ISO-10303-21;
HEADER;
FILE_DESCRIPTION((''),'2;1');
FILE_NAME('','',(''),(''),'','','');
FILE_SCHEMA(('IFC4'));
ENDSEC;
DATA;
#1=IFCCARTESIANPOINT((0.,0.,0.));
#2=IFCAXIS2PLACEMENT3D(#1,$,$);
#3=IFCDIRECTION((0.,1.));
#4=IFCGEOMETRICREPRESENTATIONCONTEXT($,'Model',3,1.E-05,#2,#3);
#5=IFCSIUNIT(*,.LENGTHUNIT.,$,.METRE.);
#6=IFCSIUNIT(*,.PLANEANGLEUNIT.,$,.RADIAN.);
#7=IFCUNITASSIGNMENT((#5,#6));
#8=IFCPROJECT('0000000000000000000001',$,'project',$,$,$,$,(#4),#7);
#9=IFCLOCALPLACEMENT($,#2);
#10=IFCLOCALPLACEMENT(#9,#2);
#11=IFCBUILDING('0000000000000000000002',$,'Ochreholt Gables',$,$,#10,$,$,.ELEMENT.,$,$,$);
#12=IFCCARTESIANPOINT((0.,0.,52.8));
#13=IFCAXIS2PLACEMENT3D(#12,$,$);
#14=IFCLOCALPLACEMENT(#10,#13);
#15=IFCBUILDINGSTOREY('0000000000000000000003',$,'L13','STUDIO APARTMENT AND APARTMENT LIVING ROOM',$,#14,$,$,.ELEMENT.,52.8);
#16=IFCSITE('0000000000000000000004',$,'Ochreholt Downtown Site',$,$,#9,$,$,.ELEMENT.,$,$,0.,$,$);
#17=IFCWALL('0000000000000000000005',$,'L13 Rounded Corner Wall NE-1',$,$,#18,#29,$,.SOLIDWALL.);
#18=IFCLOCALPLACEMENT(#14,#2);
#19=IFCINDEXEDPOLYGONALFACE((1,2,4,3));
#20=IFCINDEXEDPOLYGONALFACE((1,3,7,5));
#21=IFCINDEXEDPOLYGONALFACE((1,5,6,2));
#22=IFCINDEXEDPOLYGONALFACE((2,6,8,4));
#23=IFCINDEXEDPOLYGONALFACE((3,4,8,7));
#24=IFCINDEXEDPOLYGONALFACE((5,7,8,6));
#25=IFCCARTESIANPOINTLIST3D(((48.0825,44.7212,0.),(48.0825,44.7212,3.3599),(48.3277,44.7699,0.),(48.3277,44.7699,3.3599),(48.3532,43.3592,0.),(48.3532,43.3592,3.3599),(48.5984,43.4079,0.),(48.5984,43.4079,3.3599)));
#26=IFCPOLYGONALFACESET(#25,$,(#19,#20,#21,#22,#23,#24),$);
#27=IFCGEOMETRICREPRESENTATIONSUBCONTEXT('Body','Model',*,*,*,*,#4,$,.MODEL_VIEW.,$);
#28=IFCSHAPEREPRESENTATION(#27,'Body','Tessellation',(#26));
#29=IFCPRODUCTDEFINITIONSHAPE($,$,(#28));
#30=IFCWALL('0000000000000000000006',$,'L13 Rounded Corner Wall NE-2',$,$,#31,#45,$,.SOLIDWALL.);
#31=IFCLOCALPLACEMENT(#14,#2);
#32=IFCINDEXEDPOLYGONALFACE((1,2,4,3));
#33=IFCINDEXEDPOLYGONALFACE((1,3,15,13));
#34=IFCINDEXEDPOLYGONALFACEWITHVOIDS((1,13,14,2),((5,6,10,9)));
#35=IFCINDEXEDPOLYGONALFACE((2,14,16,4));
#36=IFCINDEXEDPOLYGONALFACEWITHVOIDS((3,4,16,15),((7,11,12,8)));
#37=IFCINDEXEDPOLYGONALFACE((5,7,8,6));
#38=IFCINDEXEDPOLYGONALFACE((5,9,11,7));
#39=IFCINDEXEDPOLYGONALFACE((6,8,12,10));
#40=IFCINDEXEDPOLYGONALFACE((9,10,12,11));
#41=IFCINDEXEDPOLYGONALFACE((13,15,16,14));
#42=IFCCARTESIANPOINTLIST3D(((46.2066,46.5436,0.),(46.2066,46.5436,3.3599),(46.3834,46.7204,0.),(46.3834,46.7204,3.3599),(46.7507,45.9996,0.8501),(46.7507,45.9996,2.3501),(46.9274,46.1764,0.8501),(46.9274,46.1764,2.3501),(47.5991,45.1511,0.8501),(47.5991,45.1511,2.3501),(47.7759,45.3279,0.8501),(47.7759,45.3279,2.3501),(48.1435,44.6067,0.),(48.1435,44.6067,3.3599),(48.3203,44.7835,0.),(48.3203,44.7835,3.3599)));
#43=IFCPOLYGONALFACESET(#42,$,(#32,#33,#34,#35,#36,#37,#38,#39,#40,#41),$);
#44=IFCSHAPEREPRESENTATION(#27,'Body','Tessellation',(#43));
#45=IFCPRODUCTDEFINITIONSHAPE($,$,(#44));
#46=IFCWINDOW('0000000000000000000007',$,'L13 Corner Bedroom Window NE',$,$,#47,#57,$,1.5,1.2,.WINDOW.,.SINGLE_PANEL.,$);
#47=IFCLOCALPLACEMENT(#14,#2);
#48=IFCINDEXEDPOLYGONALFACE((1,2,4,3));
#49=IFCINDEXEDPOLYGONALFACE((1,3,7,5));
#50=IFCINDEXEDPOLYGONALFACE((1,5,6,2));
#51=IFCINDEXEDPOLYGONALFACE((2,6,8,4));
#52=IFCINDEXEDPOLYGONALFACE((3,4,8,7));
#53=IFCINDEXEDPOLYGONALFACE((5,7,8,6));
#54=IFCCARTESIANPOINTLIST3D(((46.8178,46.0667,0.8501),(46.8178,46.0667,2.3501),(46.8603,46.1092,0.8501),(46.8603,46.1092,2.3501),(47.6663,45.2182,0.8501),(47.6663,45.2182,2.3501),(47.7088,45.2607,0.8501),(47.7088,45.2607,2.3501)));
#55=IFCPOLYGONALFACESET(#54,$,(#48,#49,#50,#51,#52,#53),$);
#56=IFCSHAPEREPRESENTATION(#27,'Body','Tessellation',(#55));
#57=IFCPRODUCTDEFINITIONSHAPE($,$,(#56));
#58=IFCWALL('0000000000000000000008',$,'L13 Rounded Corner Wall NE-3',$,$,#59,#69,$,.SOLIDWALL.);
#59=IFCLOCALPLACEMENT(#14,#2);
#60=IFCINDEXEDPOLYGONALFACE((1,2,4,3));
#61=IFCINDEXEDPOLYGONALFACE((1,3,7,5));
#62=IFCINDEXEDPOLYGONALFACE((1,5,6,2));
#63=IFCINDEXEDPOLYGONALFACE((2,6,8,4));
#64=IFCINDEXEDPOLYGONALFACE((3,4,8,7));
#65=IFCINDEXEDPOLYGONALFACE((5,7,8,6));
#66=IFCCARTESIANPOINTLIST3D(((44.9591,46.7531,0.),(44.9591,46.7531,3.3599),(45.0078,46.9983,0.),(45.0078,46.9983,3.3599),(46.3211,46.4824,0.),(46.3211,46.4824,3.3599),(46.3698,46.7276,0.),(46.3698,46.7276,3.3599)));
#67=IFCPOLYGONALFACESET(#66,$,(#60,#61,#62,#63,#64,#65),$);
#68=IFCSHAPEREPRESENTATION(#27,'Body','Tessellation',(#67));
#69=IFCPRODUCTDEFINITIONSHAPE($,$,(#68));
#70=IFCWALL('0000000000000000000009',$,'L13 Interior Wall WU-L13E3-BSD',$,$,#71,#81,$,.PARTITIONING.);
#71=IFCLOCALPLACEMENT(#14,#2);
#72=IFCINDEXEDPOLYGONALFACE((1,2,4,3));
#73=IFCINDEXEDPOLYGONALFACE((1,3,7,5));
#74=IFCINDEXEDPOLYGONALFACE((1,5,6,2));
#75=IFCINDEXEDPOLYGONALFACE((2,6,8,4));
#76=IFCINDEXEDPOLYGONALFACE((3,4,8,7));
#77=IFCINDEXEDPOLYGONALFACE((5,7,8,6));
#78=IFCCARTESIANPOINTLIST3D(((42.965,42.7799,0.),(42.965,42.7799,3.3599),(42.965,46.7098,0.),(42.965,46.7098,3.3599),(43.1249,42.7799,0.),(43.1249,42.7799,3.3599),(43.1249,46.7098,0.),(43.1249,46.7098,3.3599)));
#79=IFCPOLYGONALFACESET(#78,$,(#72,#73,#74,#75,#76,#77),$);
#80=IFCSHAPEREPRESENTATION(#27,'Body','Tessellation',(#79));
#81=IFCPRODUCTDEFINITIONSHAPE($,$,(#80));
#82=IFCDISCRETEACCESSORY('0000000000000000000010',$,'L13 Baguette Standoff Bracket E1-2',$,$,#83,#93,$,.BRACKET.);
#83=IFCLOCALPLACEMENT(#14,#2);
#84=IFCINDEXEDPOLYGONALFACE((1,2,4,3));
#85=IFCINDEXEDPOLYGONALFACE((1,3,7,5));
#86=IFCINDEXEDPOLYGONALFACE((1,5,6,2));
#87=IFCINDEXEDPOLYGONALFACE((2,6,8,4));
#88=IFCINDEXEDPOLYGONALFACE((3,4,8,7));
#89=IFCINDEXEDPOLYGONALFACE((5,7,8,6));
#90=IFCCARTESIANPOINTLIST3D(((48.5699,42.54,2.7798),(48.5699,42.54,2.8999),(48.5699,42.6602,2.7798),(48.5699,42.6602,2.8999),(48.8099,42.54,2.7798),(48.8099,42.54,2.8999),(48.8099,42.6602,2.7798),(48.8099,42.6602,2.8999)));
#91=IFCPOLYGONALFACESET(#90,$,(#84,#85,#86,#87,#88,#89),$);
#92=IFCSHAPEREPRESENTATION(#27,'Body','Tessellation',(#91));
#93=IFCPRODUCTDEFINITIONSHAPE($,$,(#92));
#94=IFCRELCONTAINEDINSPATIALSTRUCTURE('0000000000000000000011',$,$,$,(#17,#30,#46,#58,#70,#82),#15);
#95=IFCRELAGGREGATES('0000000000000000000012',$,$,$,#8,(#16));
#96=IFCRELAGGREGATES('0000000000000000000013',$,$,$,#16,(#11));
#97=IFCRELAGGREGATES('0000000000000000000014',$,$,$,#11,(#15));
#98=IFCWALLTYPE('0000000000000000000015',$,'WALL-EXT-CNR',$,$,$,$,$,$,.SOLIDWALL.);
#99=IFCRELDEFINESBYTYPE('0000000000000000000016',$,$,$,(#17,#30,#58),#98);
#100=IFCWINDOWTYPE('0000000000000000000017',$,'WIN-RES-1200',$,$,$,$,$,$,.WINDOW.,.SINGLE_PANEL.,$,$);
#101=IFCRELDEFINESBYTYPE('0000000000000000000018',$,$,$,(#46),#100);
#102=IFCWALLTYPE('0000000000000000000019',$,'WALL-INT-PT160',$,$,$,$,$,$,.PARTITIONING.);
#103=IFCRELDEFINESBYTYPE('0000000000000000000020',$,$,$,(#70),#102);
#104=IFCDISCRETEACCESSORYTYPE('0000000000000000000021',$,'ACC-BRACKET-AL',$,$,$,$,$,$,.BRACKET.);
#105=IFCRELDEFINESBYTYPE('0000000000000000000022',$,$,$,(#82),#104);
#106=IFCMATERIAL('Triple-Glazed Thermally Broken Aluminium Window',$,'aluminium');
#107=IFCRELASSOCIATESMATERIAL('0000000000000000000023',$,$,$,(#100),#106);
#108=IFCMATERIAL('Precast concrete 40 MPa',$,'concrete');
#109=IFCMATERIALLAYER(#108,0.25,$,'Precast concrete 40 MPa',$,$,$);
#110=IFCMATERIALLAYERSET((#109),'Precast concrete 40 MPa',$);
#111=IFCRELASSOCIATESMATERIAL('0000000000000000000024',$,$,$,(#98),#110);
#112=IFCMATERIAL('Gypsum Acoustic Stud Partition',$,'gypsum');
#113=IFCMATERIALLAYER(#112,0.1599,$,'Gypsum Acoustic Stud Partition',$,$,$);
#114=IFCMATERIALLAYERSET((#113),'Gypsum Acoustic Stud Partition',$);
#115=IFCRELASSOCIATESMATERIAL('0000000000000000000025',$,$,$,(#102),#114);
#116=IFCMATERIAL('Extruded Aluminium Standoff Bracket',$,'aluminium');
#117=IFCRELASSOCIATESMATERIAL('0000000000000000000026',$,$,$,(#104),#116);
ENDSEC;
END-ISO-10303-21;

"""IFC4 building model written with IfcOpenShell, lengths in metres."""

from ifc_helpers import new_model, si_unit, direction, frame, frame_2d, origin, origin_2d, place, context, subcontext, project, spatial, rectangle, extrude, material, layer, layer_set, type_object, element, fill, save


model = new_model("IFC4")

# Units and contexts
model_context = context("Model", 3, precision=1e-05, world=origin(), true_north=direction((0.0, 1.0)))
body_context = subcontext(model_context, "Body", "Model", "MODEL_VIEW")
ifc_project = project(units=[si_unit("LENGTHUNIT", "METRE"), si_unit("PLANEANGLEUNIT", "RADIAN")], contexts=[model_context])

# Site, building, storey
site_placement = place(None, origin())
site = spatial("IfcSite", under=ifc_project, at=site_placement, Name="Ochreholt Downtown Site", CompositionType="ELEMENT", RefElevation=0.0)
building_placement = place(site_placement, origin())
building = spatial("IfcBuilding", under=site, at=building_placement, Name="Ochreholt Gables", CompositionType="ELEMENT")
storey_placement = place(building_placement, frame((0.0, 0.0, 52.8)))
storey = spatial("IfcBuildingStorey", under=building, at=storey_placement, Name="L13", Description="STUDIO APARTMENT AND APARTMENT LIVING ROOM", CompositionType="ELEMENT", Elevation=52.8)

# Shared definitions
ifc_material_1 = material(Name="Precast concrete 40 MPa", Category="concrete")
ifc_material_2 = material(Name="Triple-Glazed Thermally Broken Aluminium Window", Category="aluminium")
window_type_1 = type_object("IfcWindowType", Name="WIN-RES-1200", PartitioningType="SINGLE_PANEL", PredefinedType="WINDOW", material=ifc_material_2)

# Wall
ifc_layer_1 = layer(ifc_material_1, 0.25, Name="Precast concrete 40 MPa")
ifc_layer_set_1 = layer_set([ifc_layer_1], Name="Precast concrete 40 MPa")
wall_type_1 = type_object("IfcWallType", Name="WALL-EXT-CNR", PredefinedType="SOLIDWALL", material=ifc_layer_set_1)
wall_1_placement = place(storey_placement, frame((48.4758, 43.3835, 0.0), z_axis=(0.0, 0.0, 1.0), x_axis=(-0.194967, 0.98081, 0.0)))
element("IfcWall", 1, at=wall_1_placement, inside=storey, type_object=wall_type_1, Name="L13 Rounded Corner Wall NE-1", PredefinedType="SOLIDWALL", context=body_context, shape_type="SweptSolid", body=[
    extrude(rectangle(XDim=1.3887, YDim=0.25, at=frame_2d((0.6943, 0.0))), origin(), (0.0, 0.0, 1.0), 3.3599),
])

# Wall, opening, window
wall_2_placement = place(storey_placement, frame((48.2319, 44.6951, 0.0), z_axis=(0.0, 0.0, 1.0), x_axis=(-0.707107, 0.707107, 0.0)))
wall_2 = element("IfcWall", 2, at=wall_2_placement, inside=storey, type_object=wall_type_1, Name="L13 Rounded Corner Wall NE-2", PredefinedType="SOLIDWALL", context=body_context, shape_type="SweptSolid", body=[
    extrude(rectangle(XDim=2.7393, YDim=0.25, at=frame_2d((1.3696, 0.0))), origin(), (0.0, 0.0, 1.0), 3.3599),
])
opening_1_placement = place(wall_2_placement, frame((0.7698, 0.0, 0.8501)))
opening_1 = element("IfcOpeningElement", 3, at=opening_1_placement, cuts=wall_2, PredefinedType="OPENING", context=body_context, shape_type="SweptSolid", body=[
    extrude(rectangle(XDim=1.2, YDim=1.5, at=frame_2d((0.6001, 0.75))), frame((0.0, 0.135, 0.0), z_axis=(0.0, -1.0, 0.0), x_axis=(1.0, 0.0, 0.0)), (0.0, 0.0, 1.0), 0.27),
])
window_1_placement = place(opening_1_placement, origin())
window_1 = element("IfcWindow", 4, at=window_1_placement, inside=storey, type_object=window_type_1, Name="L13 Corner Bedroom Window NE", OverallHeight=1.5, OverallWidth=1.2, PartitioningType="SINGLE_PANEL", PredefinedType="WINDOW", context=body_context, shape_type="SweptSolid", body=[
    extrude(rectangle(XDim=1.2, YDim=1.5, at=frame_2d((0.6001, 0.75))), frame((0.0, 0.03, 0.0), z_axis=(0.0, -1.0, 0.0), x_axis=(1.0, 0.0, 0.0)), (0.0, 0.0, 1.0), 0.0601),
])
fill(opening_1, window_1)

# Walls
wall_3_placement = place(storey_placement, frame((46.3455, 46.605, 0.0), z_axis=(0.0, 0.0, 1.0), x_axis=(-0.98081, 0.194967, 0.0)))
element("IfcWall", 5, at=wall_3_placement, inside=storey, type_object=wall_type_1, Name="L13 Rounded Corner Wall NE-3", PredefinedType="SOLIDWALL", context=body_context, shape_type="SweptSolid", body=[
    extrude(rectangle(XDim=1.3887, YDim=0.25, at=frame_2d((0.6943, 0.0))), origin(), (0.0, 0.0, 1.0), 3.3599),
])
ifc_material_3 = material(Name="Gypsum Acoustic Stud Partition", Category="gypsum")
ifc_layer_2 = layer(ifc_material_3, 0.1599, Name="Gypsum Acoustic Stud Partition")
ifc_layer_set_2 = layer_set([ifc_layer_2], Name="Gypsum Acoustic Stud Partition")
wall_type_2 = type_object("IfcWallType", Name="WALL-INT-PT160", PredefinedType="PARTITIONING", material=ifc_layer_set_2)
wall_4_placement = place(storey_placement, frame((43.0449, 42.78, 0.0), z_axis=(0.0, 0.0, 1.0), x_axis=(0.0, 1.0, 0.0)))
element("IfcWall", 6, at=wall_4_placement, inside=storey, type_object=wall_type_2, Name="L13 Interior Wall WU-L13E3-BSD", PredefinedType="PARTITIONING", context=body_context, shape_type="SweptSolid", body=[
    extrude(rectangle(XDim=3.9299, YDim=0.1599, at=frame_2d((1.9648, 0.0))), origin(), (0.0, 0.0, 1.0), 3.3599),
])

# Discrete accessory
ifc_material_4 = material(Name="Extruded Aluminium Standoff Bracket", Category="aluminium")
discrete_accessory_type = type_object("IfcDiscreteAccessoryType", Name="ACC-BRACKET-AL", PredefinedType="BRACKET", material=ifc_material_4)
discrete_accessory_placement = place(storey_placement, frame((48.6899, 42.6001, 2.7798), z_axis=(0.0, 0.0, 1.0), x_axis=(0.0, 1.0, 0.0)))
element("IfcDiscreteAccessory", 7, at=discrete_accessory_placement, inside=storey, type_object=discrete_accessory_type, Name="L13 Baguette Standoff Bracket E1-2", PredefinedType="BRACKET", context=body_context, shape_type="SweptSolid", body=[
    extrude(rectangle(XDim=0.1201, YDim=0.24, at=origin_2d()), origin(), (0.0, 0.0, 1.0), 0.1201),
])

save(model, "model.ifc")
